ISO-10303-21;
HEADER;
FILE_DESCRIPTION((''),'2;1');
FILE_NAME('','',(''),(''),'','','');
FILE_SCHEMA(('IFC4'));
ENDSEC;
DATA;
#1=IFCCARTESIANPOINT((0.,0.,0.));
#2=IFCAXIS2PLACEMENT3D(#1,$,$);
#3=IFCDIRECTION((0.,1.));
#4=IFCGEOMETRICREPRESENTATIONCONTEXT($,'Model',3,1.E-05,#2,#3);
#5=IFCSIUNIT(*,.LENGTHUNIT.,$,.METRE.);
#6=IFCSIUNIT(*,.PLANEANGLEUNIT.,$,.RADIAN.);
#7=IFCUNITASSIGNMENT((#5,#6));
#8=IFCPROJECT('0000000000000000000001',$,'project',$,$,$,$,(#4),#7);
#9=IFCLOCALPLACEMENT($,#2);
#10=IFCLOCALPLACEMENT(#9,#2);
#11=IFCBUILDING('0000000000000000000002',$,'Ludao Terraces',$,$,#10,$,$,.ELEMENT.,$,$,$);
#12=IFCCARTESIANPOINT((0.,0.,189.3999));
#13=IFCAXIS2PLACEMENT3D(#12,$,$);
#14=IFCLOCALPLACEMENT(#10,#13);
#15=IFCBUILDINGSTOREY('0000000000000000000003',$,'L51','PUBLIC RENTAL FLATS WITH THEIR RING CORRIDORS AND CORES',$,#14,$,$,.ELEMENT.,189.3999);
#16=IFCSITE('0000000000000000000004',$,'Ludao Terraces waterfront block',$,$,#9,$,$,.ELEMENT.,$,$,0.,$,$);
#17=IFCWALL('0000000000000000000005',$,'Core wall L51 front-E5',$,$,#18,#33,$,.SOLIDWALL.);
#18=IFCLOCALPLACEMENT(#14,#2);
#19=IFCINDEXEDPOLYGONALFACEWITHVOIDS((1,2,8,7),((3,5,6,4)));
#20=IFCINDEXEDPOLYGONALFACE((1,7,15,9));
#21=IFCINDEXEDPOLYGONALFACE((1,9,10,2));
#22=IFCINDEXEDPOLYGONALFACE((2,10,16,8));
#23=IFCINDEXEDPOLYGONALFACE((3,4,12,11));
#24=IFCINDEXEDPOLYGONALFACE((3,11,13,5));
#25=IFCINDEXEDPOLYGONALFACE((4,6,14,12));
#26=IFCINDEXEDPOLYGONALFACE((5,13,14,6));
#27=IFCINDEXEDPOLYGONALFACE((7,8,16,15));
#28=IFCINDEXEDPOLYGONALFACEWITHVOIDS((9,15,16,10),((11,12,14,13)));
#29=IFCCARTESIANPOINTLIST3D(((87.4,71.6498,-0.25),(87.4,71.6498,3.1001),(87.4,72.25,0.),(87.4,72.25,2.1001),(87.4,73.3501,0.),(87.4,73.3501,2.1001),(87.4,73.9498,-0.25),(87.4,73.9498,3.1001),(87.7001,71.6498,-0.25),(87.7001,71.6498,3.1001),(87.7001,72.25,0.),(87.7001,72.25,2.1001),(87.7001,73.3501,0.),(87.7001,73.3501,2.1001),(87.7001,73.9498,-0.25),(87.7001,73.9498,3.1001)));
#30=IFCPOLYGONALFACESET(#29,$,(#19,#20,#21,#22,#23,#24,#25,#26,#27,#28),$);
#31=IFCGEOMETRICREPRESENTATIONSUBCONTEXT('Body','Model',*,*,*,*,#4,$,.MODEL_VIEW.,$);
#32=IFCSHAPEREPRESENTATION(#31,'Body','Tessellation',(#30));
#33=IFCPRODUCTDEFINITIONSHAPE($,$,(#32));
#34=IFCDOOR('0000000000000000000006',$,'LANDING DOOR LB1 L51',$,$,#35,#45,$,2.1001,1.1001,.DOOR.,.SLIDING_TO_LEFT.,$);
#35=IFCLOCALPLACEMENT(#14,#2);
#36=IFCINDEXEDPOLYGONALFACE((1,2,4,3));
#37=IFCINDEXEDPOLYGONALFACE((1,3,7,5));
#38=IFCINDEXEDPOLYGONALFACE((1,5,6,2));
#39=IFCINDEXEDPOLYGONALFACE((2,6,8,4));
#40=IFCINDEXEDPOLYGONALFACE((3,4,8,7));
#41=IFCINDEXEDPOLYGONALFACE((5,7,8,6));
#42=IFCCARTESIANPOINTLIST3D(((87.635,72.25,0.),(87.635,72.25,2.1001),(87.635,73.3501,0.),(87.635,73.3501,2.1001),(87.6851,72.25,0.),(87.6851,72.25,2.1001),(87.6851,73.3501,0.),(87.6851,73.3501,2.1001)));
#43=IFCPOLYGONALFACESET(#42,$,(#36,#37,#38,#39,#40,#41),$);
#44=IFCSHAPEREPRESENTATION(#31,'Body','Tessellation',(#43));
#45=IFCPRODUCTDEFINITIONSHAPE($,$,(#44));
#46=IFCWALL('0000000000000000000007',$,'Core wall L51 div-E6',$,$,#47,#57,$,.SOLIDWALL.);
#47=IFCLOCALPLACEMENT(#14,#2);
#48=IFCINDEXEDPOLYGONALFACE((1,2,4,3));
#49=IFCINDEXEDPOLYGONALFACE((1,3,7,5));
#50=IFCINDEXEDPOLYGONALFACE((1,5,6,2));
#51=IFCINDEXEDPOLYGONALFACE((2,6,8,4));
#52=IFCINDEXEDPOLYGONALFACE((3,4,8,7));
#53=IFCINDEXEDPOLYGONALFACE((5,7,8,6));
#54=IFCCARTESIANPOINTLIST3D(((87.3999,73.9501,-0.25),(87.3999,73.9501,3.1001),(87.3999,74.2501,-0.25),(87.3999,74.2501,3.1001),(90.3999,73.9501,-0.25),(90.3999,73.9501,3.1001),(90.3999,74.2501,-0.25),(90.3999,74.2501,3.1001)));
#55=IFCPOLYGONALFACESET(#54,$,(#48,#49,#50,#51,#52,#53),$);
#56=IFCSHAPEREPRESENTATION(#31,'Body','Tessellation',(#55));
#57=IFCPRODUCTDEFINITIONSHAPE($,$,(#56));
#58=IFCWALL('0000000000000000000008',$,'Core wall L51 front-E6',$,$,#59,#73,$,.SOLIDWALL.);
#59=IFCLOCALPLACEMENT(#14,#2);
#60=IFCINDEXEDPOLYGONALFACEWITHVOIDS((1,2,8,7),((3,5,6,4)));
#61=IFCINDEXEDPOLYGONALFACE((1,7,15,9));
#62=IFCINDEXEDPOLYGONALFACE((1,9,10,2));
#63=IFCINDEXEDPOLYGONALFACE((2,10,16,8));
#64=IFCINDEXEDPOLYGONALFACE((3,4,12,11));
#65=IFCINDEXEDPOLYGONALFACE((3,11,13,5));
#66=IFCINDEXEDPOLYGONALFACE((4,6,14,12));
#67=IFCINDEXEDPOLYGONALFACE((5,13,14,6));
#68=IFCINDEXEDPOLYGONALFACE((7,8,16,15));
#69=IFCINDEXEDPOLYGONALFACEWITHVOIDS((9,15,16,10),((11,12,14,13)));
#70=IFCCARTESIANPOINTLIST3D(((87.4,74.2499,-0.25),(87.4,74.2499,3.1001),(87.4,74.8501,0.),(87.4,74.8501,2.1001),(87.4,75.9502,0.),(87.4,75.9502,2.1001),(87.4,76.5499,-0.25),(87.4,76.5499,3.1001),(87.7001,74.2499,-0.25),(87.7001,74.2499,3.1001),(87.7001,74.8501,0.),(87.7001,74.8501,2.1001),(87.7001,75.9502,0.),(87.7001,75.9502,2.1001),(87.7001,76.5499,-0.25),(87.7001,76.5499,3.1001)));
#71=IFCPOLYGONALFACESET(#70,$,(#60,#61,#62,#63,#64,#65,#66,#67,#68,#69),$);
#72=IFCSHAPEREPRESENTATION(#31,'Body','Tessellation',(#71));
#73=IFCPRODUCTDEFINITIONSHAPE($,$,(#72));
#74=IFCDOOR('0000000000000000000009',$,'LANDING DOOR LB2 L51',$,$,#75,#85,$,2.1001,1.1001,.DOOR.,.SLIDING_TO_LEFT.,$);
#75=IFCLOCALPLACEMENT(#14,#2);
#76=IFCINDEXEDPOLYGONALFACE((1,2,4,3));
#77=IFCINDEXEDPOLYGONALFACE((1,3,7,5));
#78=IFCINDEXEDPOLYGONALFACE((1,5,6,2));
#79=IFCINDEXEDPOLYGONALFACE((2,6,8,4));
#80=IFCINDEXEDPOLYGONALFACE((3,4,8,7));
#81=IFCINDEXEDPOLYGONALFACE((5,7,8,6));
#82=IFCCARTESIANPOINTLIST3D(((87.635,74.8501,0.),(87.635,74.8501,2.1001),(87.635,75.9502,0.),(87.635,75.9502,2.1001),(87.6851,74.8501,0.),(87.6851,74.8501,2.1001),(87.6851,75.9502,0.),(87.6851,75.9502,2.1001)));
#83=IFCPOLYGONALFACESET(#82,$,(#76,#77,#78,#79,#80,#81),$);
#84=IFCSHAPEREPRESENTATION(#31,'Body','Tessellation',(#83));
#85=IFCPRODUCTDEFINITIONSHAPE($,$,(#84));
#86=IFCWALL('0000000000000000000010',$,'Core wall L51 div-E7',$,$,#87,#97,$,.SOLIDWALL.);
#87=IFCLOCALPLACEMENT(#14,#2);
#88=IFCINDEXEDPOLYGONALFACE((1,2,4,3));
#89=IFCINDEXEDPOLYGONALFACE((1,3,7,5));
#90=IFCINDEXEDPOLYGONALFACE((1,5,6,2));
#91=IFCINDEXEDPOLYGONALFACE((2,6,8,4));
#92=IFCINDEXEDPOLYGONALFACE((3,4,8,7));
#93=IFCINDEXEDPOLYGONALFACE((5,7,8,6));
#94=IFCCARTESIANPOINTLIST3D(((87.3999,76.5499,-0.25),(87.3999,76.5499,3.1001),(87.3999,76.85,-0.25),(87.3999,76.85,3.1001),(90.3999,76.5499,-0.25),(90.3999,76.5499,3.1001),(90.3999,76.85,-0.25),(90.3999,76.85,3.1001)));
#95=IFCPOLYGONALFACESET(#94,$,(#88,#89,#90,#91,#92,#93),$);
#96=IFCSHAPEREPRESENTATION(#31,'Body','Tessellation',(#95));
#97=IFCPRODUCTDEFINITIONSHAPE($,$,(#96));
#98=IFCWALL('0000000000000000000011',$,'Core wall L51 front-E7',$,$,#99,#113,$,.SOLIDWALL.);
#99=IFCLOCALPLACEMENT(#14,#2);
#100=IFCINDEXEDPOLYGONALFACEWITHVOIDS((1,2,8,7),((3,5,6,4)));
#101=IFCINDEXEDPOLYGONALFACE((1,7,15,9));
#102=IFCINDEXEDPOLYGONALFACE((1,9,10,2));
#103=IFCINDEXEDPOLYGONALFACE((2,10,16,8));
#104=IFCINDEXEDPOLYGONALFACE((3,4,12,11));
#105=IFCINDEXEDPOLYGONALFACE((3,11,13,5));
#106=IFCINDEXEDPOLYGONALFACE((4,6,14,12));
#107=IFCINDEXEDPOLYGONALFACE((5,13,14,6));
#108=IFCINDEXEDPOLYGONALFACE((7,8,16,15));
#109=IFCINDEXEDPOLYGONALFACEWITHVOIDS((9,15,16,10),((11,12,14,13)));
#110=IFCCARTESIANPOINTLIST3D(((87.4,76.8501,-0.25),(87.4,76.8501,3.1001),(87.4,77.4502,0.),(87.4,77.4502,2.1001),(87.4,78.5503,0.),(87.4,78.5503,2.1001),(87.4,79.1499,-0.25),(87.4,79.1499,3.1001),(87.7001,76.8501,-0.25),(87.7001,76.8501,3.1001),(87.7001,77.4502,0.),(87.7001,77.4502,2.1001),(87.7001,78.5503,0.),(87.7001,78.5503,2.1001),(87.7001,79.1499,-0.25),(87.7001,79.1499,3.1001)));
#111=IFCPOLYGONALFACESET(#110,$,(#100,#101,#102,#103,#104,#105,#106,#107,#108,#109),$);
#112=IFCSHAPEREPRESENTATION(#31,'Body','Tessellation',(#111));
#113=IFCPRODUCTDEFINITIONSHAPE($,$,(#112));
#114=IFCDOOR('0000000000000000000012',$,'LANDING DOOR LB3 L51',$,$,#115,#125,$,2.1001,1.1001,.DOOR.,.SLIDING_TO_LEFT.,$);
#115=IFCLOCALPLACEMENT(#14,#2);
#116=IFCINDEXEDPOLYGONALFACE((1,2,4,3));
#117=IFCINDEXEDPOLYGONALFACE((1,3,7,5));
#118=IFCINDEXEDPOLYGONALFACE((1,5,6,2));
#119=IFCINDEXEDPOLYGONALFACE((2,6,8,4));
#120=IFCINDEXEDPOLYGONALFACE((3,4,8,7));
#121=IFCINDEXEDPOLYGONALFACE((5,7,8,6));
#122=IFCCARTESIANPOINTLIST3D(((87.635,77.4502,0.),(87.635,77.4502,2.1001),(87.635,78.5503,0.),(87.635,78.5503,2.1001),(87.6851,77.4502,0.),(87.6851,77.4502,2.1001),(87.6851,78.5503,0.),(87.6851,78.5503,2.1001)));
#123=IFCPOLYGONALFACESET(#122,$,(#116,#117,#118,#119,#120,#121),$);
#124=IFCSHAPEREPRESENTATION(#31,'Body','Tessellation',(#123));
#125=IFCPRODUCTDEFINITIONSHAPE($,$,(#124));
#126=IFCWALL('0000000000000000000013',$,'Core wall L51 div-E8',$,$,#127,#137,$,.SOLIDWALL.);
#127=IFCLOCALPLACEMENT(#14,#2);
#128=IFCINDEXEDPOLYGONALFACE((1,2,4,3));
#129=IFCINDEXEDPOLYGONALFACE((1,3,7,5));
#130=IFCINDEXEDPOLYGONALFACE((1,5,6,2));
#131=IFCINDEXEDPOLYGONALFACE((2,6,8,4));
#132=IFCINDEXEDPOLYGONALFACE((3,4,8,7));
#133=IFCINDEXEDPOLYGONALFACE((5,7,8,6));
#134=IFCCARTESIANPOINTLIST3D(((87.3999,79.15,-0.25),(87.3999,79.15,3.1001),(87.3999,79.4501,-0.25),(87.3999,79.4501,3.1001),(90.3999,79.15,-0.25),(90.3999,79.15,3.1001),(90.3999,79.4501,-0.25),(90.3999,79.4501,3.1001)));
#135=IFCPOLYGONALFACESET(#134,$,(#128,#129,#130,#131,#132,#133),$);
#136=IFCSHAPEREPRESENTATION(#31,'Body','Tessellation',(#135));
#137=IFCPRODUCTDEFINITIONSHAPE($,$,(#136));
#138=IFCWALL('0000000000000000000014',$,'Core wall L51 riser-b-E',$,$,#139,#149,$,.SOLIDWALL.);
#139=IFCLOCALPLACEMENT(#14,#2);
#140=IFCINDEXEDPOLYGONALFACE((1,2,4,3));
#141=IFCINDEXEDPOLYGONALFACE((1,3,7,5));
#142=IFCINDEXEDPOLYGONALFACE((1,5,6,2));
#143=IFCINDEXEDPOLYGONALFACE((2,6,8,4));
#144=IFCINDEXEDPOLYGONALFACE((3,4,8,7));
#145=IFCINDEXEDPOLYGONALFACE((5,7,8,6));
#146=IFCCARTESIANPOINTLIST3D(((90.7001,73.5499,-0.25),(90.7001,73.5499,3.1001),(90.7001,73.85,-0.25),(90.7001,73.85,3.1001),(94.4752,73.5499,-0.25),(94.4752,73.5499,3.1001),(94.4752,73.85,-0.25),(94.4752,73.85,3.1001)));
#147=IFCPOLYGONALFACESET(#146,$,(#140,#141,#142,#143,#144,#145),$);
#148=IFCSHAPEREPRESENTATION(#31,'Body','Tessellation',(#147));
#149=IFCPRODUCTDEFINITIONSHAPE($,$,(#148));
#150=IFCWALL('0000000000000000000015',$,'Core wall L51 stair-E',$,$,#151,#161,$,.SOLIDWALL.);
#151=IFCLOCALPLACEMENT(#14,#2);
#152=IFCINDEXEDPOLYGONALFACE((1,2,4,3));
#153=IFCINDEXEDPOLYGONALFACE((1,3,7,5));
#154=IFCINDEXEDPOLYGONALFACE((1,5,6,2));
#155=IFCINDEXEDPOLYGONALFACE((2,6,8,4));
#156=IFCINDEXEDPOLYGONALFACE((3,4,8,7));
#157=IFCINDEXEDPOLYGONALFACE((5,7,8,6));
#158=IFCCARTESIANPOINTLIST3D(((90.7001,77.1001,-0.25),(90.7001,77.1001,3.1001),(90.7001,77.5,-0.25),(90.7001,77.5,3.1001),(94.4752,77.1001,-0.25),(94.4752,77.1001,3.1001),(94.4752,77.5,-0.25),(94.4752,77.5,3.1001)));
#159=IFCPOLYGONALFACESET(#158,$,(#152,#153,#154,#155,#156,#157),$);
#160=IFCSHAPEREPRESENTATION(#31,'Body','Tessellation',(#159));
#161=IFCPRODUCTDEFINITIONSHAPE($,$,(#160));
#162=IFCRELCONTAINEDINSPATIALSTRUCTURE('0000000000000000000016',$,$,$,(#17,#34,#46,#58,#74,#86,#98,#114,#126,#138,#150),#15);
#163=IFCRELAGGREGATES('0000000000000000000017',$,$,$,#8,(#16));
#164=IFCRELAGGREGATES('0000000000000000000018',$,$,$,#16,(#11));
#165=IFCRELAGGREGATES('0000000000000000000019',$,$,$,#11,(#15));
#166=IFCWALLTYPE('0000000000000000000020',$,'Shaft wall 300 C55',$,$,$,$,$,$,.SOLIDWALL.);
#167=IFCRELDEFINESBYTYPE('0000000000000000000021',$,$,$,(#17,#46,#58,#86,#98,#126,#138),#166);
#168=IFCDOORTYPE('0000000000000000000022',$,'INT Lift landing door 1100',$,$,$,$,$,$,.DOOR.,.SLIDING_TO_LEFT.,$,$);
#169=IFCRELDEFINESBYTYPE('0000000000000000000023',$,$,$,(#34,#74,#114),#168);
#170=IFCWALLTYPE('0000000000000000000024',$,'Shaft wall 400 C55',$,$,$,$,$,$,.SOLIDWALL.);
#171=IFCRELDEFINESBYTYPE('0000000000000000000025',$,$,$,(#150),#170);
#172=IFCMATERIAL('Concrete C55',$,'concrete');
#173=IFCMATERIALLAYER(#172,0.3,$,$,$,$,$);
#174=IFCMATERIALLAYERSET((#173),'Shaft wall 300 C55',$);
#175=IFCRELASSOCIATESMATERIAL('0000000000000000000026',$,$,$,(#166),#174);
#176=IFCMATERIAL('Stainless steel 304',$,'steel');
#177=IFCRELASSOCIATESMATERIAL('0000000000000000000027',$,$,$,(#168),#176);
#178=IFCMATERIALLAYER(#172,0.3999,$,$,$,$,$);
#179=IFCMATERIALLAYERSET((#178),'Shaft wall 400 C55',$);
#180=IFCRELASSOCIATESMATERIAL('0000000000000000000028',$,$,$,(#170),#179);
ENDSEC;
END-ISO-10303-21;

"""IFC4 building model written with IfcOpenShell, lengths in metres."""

from ifc_helpers import new_model, si_unit, direction, frame, frame_2d, origin, place, context, subcontext, project, spatial, rectangle, extrude, material, layer, layer_set, type_object, element, fill, save


model = new_model("IFC4")

# Units and contexts
model_context = context("Model", 3, precision=1e-05, world=origin(), true_north=direction((0.0, 1.0)))
body_context = subcontext(model_context, "Body", "Model", "MODEL_VIEW")
ifc_project = project(units=[si_unit("LENGTHUNIT", "METRE"), si_unit("PLANEANGLEUNIT", "RADIAN")], contexts=[model_context])

# Site, building, storey
site_placement = place(None, origin())
site = spatial("IfcSite", under=ifc_project, at=site_placement, Name="Ludao Terraces waterfront block", CompositionType="ELEMENT", RefElevation=0.0)
building_placement = place(site_placement, origin())
building = spatial("IfcBuilding", under=site, at=building_placement, Name="Ludao Terraces", CompositionType="ELEMENT")
storey_placement = place(building_placement, frame((0.0, 0.0, 189.3999)))
storey = spatial("IfcBuildingStorey", under=building, at=storey_placement, Name="L51", Description="PUBLIC RENTAL FLATS WITH THEIR RING CORRIDORS AND CORES", CompositionType="ELEMENT", Elevation=189.3999)

# Shared definitions
ifc_material_1 = material(Name="Concrete C55", Category="concrete")
ifc_layer_1 = layer(ifc_material_1, 0.3)
ifc_layer_set_1 = layer_set([ifc_layer_1], Name="Shaft wall 300 C55")
wall_type_1 = type_object("IfcWallType", Name="Shaft wall 300 C55", PredefinedType="SOLIDWALL", material=ifc_layer_set_1)

# Wall, opening, door
wall_1_placement = place(storey_placement, frame((87.55, 71.6499, -0.25), z_axis=(0.0, 0.0, 1.0), x_axis=(0.0, 1.0, 0.0)))
wall_1 = element("IfcWall", 1, at=wall_1_placement, inside=storey, type_object=wall_type_1, Name="Core wall L51 front-E5", PredefinedType="SOLIDWALL", context=body_context, shape_type="SweptSolid", body=[
    extrude(rectangle(XDim=2.3, YDim=0.3, at=frame_2d((1.1499, 0.0))), origin(), (0.0, 0.0, 1.0), 3.3501),
])
opening_1_placement = place(wall_1_placement, frame((0.6001, 0.0, 0.25)))
opening_1 = element("IfcOpeningElement", 2, at=opening_1_placement, cuts=wall_1, PredefinedType="OPENING", context=body_context, shape_type="SweptSolid", body=[
    extrude(rectangle(XDim=1.1001, YDim=2.1001, at=frame_2d((0.55, 1.05))), frame((0.0, 0.1602, 0.0), z_axis=(0.0, -1.0, 0.0), x_axis=(1.0, 0.0, 0.0)), (0.0, 0.0, 1.0), 0.3201),
])
ifc_material_2 = material(Name="Stainless steel 304", Category="steel")
door_type_1 = type_object("IfcDoorType", Name="INT Lift landing door 1100", OperationType="SLIDING_TO_LEFT", PredefinedType="DOOR", material=ifc_material_2)
door_1_placement = place(opening_1_placement, origin())
door_1 = element("IfcDoor", 3, at=door_1_placement, inside=storey, type_object=door_type_1, Name="LANDING DOOR LB1 L51", OperationType="SLIDING_TO_LEFT", OverallHeight=2.1001, OverallWidth=1.1001, PredefinedType="DOOR", context=body_context, shape_type="SweptSolid", body=[
    extrude(rectangle(XDim=1.1001, YDim=2.1001, at=frame_2d((0.55, 1.05))), frame((0.0, -0.085, 0.0), z_axis=(0.0, -1.0, 0.0), x_axis=(1.0, 0.0, 0.0)), (0.0, 0.0, 1.0), 0.05),
])
fill(opening_1, door_1)

# Wall
wall_2_placement = place(storey_placement, frame((87.3999, 74.1001, -0.25), z_axis=(0.0, 0.0, 1.0), x_axis=(1.0, 0.0, 0.0)))
element("IfcWall", 4, at=wall_2_placement, inside=storey, type_object=wall_type_1, Name="Core wall L51 div-E6", PredefinedType="SOLIDWALL", context=body_context, shape_type="SweptSolid", body=[
    extrude(rectangle(XDim=3.0, YDim=0.3, at=frame_2d((1.5, 0.0))), origin(), (0.0, 0.0, 1.0), 3.3501),
])

# Wall, opening, door
wall_3_placement = place(storey_placement, frame((87.55, 74.25, -0.25), z_axis=(0.0, 0.0, 1.0), x_axis=(0.0, 1.0, 0.0)))
wall_3 = element("IfcWall", 5, at=wall_3_placement, inside=storey, type_object=wall_type_1, Name="Core wall L51 front-E6", PredefinedType="SOLIDWALL", context=body_context, shape_type="SweptSolid", body=[
    extrude(rectangle(XDim=2.3, YDim=0.3, at=frame_2d((1.1499, 0.0))), origin(), (0.0, 0.0, 1.0), 3.3501),
])
opening_2_placement = place(wall_3_placement, frame((0.6001, 0.0, 0.25)))
opening_2 = element("IfcOpeningElement", 6, at=opening_2_placement, cuts=wall_3, PredefinedType="OPENING", context=body_context, shape_type="SweptSolid", body=[
    extrude(rectangle(XDim=1.1001, YDim=2.1001, at=frame_2d((0.55, 1.05))), frame((0.0, 0.1602, 0.0), z_axis=(0.0, -1.0, 0.0), x_axis=(1.0, 0.0, 0.0)), (0.0, 0.0, 1.0), 0.3201),
])
door_2_placement = place(opening_2_placement, origin())
door_2 = element("IfcDoor", 7, at=door_2_placement, inside=storey, type_object=door_type_1, Name="LANDING DOOR LB2 L51", OperationType="SLIDING_TO_LEFT", OverallHeight=2.1001, OverallWidth=1.1001, PredefinedType="DOOR", context=body_context, shape_type="SweptSolid", body=[
    extrude(rectangle(XDim=1.1001, YDim=2.1001, at=frame_2d((0.55, 1.05))), frame((0.0, -0.085, 0.0), z_axis=(0.0, -1.0, 0.0), x_axis=(1.0, 0.0, 0.0)), (0.0, 0.0, 1.0), 0.05),
])
fill(opening_2, door_2)

# Wall
wall_4_placement = place(storey_placement, frame((87.3999, 76.7, -0.25), z_axis=(0.0, 0.0, 1.0), x_axis=(1.0, 0.0, 0.0)))
element("IfcWall", 8, at=wall_4_placement, inside=storey, type_object=wall_type_1, Name="Core wall L51 div-E7", PredefinedType="SOLIDWALL", context=body_context, shape_type="SweptSolid", body=[
    extrude(rectangle(XDim=3.0, YDim=0.3, at=frame_2d((1.5, 0.0))), origin(), (0.0, 0.0, 1.0), 3.3501),
])

# Wall, opening, door
wall_5_placement = place(storey_placement, frame((87.55, 76.8501, -0.25), z_axis=(0.0, 0.0, 1.0), x_axis=(0.0, 1.0, 0.0)))
wall_5 = element("IfcWall", 9, at=wall_5_placement, inside=storey, type_object=wall_type_1, Name="Core wall L51 front-E7", PredefinedType="SOLIDWALL", context=body_context, shape_type="SweptSolid", body=[
    extrude(rectangle(XDim=2.2998, YDim=0.3, at=frame_2d((1.1499, 0.0))), origin(), (0.0, 0.0, 1.0), 3.3501),
])
opening_3_placement = place(wall_5_placement, frame((0.6001, 0.0, 0.25)))
opening_3 = element("IfcOpeningElement", 10, at=opening_3_placement, cuts=wall_5, PredefinedType="OPENING", context=body_context, shape_type="SweptSolid", body=[
    extrude(rectangle(XDim=1.1001, YDim=2.1001, at=frame_2d((0.55, 1.05))), frame((0.0, 0.1602, 0.0), z_axis=(0.0, -1.0, 0.0), x_axis=(1.0, 0.0, 0.0)), (0.0, 0.0, 1.0), 0.3201),
])
door_3_placement = place(opening_3_placement, origin())
door_3 = element("IfcDoor", 11, at=door_3_placement, inside=storey, type_object=door_type_1, Name="LANDING DOOR LB3 L51", OperationType="SLIDING_TO_LEFT", OverallHeight=2.1001, OverallWidth=1.1001, PredefinedType="DOOR", context=body_context, shape_type="SweptSolid", body=[
    extrude(rectangle(XDim=1.1001, YDim=2.1001, at=frame_2d((0.55, 1.05))), frame((0.0, -0.085, 0.0), z_axis=(0.0, -1.0, 0.0), x_axis=(1.0, 0.0, 0.0)), (0.0, 0.0, 1.0), 0.05),
])
fill(opening_3, door_3)

# Walls
wall_6_placement = place(storey_placement, frame((87.3999, 79.3, -0.25), z_axis=(0.0, 0.0, 1.0), x_axis=(1.0, 0.0, 0.0)))
element("IfcWall", 12, at=wall_6_placement, inside=storey, type_object=wall_type_1, Name="Core wall L51 div-E8", PredefinedType="SOLIDWALL", context=body_context, shape_type="SweptSolid", body=[
    extrude(rectangle(XDim=3.0, YDim=0.3, at=frame_2d((1.5, 0.0))), origin(), (0.0, 0.0, 1.0), 3.3501),
])
wall_7_placement = place(storey_placement, frame((90.7, 73.7, -0.25), z_axis=(0.0, 0.0, 1.0), x_axis=(1.0, 0.0, 0.0)))
element("IfcWall", 13, at=wall_7_placement, inside=storey, type_object=wall_type_1, Name="Core wall L51 riser-b-E", PredefinedType="SOLIDWALL", context=body_context, shape_type="SweptSolid", body=[
    extrude(rectangle(XDim=3.7751, YDim=0.3, at=frame_2d((1.8877, 0.0))), origin(), (0.0, 0.0, 1.0), 3.3501),
])
ifc_layer_2 = layer(ifc_material_1, 0.3999)
ifc_layer_set_2 = layer_set([ifc_layer_2], Name="Shaft wall 400 C55")
wall_type_2 = type_object("IfcWallType", Name="Shaft wall 400 C55", PredefinedType="SOLIDWALL", material=ifc_layer_set_2)
wall_8_placement = place(storey_placement, frame((90.7, 77.3, -0.25), z_axis=(0.0, 0.0, 1.0), x_axis=(1.0, 0.0, 0.0)))
element("IfcWall", 14, at=wall_8_placement, inside=storey, type_object=wall_type_2, Name="Core wall L51 stair-E", PredefinedType="SOLIDWALL", context=body_context, shape_type="SweptSolid", body=[
    extrude(rectangle(XDim=3.7751, YDim=0.3999, at=frame_2d((1.8877, 0.0))), origin(), (0.0, 0.0, 1.0), 3.3501),
])

save(model, "model.ifc")
